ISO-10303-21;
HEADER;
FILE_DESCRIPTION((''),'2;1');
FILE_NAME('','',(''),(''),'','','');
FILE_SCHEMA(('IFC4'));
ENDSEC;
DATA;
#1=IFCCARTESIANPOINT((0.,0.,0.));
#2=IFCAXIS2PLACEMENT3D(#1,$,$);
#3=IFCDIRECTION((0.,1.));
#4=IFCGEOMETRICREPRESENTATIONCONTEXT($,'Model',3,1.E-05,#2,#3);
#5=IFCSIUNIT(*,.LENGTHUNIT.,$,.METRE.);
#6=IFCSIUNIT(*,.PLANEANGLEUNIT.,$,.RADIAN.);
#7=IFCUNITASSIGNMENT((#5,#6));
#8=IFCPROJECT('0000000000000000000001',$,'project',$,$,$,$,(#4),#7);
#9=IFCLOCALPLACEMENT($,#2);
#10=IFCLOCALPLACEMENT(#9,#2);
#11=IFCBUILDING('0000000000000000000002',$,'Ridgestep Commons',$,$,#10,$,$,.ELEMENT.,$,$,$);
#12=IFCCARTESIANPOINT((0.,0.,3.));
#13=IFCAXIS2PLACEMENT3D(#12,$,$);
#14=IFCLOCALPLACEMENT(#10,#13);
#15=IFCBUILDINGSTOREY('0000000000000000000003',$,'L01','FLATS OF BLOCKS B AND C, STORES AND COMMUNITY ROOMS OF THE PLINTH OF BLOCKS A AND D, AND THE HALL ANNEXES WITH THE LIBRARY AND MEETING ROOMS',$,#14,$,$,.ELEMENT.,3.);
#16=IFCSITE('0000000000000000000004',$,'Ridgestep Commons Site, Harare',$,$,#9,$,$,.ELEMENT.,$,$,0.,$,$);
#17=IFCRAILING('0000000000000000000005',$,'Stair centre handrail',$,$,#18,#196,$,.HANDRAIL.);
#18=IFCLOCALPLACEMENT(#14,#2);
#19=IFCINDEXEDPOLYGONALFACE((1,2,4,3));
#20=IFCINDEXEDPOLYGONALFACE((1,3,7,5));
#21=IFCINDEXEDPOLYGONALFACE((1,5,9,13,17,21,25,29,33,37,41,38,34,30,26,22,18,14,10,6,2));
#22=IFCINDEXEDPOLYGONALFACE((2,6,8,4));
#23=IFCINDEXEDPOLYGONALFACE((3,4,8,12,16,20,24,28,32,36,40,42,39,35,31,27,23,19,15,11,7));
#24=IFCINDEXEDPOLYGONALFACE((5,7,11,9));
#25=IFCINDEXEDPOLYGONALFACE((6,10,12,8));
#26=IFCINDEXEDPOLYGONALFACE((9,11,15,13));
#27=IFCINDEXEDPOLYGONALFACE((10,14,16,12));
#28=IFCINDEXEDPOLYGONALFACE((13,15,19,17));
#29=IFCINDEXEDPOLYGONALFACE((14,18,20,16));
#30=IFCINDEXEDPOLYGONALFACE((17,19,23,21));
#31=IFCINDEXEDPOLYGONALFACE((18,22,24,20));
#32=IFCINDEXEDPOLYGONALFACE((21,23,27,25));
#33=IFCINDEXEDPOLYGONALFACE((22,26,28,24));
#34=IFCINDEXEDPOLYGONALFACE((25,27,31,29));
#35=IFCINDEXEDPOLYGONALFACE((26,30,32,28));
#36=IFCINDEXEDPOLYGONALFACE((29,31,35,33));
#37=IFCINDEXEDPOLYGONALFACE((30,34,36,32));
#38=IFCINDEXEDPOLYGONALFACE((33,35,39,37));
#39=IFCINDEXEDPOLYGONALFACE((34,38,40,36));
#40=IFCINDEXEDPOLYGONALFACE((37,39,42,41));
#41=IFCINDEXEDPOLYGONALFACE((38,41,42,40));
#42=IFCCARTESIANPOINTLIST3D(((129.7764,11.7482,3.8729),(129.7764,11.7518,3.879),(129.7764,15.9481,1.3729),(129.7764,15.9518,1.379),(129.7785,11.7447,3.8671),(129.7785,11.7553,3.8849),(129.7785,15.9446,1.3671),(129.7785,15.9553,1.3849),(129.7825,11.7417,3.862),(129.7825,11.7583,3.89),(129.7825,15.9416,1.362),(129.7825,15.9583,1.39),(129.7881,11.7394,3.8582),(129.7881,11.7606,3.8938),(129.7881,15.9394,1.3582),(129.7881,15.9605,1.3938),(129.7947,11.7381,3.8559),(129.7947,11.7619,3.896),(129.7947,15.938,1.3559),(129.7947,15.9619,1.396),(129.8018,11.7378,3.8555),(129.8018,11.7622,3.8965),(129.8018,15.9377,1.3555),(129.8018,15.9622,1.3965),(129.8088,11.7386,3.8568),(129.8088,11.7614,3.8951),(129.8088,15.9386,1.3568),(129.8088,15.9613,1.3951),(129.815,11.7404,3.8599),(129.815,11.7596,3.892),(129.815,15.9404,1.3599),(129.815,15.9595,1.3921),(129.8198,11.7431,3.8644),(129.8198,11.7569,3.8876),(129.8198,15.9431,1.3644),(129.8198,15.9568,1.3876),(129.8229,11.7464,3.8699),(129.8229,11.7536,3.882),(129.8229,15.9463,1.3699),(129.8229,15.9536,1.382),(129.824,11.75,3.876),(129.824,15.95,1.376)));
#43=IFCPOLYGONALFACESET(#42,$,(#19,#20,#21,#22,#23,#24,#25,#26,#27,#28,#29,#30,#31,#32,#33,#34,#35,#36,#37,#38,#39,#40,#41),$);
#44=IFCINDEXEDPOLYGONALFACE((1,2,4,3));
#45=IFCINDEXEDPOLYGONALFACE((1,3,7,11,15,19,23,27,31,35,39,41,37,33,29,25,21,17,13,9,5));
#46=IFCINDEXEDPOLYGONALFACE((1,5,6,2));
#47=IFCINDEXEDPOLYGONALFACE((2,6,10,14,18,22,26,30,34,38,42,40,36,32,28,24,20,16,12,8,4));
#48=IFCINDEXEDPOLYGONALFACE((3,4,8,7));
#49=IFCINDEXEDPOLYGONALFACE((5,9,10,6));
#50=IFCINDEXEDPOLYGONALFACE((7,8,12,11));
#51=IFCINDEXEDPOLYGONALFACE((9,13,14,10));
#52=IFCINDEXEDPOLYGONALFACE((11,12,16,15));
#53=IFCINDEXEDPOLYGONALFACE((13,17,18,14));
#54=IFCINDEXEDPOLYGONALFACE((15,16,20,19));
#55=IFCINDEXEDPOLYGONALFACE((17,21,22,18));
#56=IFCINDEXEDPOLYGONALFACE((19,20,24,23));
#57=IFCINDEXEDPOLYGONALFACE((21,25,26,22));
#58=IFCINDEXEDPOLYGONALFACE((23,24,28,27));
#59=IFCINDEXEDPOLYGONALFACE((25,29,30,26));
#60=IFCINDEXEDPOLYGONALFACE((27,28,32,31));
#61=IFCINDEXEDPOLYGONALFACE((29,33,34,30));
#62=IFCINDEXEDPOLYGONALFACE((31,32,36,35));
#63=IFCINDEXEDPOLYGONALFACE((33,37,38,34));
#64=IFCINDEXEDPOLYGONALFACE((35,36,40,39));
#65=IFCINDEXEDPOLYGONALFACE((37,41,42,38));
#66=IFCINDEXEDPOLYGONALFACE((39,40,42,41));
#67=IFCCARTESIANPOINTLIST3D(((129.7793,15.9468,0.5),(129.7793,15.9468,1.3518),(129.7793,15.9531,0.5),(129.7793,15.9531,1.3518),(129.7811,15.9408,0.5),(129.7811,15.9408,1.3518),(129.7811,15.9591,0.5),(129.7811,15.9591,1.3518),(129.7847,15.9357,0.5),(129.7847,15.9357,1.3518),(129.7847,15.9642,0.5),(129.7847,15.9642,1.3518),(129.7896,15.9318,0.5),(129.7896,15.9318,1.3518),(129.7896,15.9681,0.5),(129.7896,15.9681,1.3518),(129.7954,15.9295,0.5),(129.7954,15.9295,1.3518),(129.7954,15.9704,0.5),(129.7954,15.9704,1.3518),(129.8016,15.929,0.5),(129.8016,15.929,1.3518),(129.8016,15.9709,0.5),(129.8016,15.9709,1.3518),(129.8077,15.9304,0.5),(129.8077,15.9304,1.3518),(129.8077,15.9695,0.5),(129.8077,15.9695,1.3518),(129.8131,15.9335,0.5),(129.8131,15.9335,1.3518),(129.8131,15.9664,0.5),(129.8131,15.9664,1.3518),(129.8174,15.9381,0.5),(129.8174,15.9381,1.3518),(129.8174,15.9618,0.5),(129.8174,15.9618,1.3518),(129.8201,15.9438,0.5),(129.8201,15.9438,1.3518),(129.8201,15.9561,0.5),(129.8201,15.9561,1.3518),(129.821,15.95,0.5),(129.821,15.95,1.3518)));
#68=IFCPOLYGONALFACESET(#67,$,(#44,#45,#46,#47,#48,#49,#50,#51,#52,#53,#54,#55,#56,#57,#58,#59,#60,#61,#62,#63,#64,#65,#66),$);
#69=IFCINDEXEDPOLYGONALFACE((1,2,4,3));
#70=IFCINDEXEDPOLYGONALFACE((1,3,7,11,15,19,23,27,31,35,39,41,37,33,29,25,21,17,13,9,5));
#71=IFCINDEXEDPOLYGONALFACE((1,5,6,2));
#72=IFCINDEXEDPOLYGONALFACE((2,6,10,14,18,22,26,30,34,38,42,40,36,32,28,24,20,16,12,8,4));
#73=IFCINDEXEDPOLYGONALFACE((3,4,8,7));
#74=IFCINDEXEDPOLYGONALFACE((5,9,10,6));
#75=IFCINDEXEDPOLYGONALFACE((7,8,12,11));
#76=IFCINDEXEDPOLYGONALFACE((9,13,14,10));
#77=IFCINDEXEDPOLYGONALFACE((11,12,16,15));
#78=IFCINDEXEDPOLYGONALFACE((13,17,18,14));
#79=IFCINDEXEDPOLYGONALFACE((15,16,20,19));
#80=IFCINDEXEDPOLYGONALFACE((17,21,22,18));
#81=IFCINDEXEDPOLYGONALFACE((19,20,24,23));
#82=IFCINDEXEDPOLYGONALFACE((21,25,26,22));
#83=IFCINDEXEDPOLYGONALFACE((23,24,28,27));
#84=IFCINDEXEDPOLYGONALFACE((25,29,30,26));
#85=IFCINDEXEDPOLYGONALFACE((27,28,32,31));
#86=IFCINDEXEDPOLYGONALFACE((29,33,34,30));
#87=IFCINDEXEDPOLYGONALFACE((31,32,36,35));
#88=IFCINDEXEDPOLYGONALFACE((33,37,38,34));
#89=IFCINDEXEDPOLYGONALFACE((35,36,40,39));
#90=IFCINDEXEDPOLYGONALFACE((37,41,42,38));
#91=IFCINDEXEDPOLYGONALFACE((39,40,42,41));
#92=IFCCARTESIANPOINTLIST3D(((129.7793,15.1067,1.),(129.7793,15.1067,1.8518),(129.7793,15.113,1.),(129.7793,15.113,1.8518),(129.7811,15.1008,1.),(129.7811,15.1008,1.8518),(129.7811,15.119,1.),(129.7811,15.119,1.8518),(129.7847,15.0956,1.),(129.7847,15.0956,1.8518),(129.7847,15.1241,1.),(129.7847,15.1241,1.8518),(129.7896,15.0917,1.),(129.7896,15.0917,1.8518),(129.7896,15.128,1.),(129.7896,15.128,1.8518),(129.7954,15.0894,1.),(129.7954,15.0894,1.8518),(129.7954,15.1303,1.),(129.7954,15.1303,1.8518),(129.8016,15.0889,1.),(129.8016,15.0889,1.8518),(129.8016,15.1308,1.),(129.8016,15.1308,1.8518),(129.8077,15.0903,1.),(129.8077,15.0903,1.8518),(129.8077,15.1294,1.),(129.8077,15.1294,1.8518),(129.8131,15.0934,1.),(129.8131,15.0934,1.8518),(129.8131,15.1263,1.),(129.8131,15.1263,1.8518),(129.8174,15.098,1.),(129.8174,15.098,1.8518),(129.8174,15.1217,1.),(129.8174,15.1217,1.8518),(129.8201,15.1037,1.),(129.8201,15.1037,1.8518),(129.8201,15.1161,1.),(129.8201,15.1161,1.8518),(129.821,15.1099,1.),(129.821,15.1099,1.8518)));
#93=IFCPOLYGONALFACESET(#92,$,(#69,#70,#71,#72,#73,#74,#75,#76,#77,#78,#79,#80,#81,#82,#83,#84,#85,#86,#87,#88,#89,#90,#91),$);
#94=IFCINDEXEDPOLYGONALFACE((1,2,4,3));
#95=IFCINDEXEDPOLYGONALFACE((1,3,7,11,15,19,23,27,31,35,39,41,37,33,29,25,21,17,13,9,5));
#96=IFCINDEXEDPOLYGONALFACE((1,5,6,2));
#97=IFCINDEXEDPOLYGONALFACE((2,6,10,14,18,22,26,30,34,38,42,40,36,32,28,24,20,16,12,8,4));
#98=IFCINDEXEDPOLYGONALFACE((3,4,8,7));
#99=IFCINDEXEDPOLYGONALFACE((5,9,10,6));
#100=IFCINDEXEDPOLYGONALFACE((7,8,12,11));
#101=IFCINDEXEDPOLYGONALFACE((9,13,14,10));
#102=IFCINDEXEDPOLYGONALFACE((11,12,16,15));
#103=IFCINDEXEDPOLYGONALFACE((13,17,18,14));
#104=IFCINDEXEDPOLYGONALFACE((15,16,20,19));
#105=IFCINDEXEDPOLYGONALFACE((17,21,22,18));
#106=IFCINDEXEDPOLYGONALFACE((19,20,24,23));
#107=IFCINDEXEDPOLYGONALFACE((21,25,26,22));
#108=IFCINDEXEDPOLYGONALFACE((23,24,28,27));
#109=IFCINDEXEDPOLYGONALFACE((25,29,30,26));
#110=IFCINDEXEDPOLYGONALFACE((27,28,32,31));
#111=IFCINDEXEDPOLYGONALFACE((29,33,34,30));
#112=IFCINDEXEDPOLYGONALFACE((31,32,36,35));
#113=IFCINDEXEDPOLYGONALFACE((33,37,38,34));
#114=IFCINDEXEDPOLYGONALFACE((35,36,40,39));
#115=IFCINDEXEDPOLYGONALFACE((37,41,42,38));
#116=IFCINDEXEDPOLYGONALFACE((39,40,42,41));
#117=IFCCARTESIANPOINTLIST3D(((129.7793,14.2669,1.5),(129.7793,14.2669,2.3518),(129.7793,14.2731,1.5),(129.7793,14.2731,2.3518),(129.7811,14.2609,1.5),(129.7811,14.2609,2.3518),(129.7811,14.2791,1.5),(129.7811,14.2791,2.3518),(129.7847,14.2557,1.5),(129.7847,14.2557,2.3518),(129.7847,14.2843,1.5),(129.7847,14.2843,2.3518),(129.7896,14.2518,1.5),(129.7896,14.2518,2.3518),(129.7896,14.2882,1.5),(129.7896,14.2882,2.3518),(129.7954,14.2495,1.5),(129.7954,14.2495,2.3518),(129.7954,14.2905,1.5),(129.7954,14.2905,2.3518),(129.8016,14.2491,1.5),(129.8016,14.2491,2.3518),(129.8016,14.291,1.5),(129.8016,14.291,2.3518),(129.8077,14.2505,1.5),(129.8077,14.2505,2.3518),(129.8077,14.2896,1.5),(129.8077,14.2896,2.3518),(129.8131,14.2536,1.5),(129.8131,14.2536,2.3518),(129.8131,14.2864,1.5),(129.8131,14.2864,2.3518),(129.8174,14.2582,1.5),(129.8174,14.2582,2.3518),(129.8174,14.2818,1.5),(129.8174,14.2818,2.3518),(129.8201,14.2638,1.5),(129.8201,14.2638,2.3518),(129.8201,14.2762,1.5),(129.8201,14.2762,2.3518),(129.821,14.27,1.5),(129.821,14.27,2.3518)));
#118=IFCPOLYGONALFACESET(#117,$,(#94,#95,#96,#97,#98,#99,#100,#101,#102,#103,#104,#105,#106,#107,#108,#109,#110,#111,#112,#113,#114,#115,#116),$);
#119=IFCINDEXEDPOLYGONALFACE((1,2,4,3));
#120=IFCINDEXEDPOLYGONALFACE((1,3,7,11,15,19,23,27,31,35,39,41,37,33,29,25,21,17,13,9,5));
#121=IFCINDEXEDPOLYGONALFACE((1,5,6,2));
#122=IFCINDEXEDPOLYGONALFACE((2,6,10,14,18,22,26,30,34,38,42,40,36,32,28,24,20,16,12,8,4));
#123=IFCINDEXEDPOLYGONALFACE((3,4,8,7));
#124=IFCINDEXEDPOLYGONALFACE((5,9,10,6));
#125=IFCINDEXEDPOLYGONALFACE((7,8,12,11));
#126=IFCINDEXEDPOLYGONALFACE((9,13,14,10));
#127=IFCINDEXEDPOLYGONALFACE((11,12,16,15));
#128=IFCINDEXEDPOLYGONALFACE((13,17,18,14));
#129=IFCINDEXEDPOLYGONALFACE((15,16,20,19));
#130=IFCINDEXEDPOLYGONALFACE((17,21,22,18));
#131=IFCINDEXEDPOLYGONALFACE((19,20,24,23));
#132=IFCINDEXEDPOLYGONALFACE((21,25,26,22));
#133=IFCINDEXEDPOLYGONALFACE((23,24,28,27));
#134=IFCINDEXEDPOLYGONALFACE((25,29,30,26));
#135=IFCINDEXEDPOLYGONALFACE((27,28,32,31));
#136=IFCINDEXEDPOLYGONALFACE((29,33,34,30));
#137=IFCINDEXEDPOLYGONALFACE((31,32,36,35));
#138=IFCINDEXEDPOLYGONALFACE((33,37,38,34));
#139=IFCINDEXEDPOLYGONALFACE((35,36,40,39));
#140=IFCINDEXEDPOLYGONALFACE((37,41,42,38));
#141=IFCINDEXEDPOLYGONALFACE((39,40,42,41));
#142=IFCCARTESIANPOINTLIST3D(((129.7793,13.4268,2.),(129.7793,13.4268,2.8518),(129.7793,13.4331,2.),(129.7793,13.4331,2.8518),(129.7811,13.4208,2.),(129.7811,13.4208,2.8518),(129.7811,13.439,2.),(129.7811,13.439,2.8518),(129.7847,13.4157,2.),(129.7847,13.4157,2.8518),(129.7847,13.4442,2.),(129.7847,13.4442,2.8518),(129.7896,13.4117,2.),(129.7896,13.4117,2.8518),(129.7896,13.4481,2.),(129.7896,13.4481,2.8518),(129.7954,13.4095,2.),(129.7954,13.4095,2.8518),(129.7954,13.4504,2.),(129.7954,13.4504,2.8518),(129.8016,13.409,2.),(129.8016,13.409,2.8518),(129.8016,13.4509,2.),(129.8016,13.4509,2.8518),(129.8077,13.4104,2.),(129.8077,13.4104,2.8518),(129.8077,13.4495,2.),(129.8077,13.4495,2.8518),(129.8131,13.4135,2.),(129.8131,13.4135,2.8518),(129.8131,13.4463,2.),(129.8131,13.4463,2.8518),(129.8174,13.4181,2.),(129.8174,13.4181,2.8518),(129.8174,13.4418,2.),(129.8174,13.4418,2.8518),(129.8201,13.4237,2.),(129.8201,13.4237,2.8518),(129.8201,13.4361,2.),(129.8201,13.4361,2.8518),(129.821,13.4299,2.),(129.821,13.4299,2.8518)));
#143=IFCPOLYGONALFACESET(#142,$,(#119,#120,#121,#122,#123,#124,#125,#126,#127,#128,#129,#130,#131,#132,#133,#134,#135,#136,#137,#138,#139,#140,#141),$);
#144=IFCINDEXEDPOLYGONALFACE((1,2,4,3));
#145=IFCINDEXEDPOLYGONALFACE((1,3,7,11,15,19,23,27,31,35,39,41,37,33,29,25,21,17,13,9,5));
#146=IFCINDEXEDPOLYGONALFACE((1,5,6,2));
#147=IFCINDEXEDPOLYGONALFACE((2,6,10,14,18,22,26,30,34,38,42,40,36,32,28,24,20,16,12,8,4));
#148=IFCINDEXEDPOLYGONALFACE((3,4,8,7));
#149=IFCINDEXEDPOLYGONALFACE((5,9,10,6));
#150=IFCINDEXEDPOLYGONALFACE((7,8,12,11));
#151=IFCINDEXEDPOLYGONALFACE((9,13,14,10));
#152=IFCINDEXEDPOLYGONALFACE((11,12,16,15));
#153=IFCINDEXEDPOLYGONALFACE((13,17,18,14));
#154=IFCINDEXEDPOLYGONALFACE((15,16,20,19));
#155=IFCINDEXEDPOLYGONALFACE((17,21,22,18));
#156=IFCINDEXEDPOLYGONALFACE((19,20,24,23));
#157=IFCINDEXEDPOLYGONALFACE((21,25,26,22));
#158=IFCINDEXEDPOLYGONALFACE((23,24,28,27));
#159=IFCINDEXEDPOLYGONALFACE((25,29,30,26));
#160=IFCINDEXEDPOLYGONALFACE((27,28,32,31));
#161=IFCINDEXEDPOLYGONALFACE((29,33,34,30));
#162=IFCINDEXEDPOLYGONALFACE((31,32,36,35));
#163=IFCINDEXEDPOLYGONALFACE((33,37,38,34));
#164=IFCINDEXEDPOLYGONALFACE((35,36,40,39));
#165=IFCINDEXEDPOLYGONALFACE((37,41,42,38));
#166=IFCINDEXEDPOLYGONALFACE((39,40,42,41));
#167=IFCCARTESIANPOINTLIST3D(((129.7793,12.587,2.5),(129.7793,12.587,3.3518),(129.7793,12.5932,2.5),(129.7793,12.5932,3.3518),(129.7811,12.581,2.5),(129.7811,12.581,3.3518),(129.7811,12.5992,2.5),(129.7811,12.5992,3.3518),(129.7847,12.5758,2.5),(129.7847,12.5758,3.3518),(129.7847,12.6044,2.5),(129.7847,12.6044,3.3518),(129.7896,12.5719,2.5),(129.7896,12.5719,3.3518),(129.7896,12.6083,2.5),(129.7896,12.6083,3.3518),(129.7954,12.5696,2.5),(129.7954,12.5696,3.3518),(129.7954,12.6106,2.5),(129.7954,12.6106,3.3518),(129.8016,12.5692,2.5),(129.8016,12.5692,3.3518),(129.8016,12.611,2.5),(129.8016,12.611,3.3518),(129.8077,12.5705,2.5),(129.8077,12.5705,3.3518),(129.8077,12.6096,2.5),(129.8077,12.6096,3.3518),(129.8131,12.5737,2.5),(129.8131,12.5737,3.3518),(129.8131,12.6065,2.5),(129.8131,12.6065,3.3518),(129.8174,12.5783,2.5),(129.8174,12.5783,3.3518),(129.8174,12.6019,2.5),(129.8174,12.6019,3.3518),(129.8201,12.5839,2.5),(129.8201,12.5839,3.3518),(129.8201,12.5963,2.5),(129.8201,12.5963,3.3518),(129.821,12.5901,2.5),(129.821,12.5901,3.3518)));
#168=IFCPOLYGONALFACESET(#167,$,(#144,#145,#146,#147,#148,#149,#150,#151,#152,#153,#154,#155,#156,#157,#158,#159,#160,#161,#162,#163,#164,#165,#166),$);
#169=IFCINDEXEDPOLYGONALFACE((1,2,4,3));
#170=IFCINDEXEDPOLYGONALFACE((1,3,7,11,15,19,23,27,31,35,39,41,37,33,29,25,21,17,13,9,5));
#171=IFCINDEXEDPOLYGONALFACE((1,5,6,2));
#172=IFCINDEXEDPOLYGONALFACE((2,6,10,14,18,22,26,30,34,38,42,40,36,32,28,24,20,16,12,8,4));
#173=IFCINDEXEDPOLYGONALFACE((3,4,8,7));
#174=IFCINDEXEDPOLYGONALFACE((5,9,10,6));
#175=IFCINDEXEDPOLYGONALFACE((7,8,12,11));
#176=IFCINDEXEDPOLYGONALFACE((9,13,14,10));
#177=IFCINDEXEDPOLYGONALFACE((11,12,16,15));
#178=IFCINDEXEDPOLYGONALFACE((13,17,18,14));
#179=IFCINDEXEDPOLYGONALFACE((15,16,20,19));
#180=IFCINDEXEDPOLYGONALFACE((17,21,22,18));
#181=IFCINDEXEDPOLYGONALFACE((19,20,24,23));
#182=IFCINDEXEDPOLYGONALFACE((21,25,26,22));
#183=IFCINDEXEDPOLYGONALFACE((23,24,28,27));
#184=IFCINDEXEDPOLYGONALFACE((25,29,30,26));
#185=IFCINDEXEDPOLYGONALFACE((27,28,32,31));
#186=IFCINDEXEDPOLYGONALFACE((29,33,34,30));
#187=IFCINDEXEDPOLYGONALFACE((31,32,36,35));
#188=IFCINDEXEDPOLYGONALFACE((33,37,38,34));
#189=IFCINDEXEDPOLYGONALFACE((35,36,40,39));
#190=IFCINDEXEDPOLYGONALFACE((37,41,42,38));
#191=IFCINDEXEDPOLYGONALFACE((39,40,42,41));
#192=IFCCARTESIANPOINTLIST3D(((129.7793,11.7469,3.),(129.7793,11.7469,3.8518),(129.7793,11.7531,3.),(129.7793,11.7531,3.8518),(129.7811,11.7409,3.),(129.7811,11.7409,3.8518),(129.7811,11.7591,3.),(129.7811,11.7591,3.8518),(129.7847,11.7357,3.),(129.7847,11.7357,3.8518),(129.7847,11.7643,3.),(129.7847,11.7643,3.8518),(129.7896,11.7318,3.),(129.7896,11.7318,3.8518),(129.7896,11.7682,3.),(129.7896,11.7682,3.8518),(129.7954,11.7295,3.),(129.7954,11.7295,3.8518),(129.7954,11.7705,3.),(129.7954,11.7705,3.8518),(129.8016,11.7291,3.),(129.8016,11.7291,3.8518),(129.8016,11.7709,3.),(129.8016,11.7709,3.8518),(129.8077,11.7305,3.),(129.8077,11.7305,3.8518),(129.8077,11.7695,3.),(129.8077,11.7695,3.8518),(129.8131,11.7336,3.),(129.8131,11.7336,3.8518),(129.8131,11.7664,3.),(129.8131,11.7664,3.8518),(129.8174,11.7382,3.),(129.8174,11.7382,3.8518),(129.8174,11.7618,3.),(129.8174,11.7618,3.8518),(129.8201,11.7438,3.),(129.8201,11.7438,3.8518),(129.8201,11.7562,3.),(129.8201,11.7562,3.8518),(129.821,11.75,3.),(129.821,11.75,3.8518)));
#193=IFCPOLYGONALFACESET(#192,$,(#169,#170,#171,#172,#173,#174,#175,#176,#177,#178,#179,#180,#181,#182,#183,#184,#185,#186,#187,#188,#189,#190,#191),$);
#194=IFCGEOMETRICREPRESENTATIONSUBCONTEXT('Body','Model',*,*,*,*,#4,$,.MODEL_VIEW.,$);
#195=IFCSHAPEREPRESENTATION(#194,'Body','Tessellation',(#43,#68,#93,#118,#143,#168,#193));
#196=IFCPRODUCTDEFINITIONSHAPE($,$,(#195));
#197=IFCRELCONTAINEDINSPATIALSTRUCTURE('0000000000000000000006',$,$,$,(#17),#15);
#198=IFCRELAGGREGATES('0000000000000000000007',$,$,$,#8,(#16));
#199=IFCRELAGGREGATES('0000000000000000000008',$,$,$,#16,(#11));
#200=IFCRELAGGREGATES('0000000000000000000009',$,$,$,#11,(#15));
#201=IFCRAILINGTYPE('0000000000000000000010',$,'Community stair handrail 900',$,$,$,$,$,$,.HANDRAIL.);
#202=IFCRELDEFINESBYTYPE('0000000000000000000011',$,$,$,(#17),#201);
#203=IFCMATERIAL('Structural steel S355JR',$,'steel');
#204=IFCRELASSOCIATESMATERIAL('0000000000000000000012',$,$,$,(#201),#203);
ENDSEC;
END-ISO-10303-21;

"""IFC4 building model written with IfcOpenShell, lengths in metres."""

from ifc_helpers import new_model, si_unit, direction, frame, origin, origin_2d, place, context, subcontext, project, spatial, circle, extrude, material, type_object, element, save


model = new_model("IFC4")

# Units and contexts
model_context = context("Model", 3, precision=1e-05, world=origin(), true_north=direction((0.0, 1.0)))
body_context = subcontext(model_context, "Body", "Model", "MODEL_VIEW")
ifc_project = project(units=[si_unit("LENGTHUNIT", "METRE"), si_unit("PLANEANGLEUNIT", "RADIAN")], contexts=[model_context])

# Site, building, storey
site_placement = place(None, origin())
site = spatial("IfcSite", under=ifc_project, at=site_placement, Name="Ridgestep Commons Site, Harare", CompositionType="ELEMENT", RefElevation=0.0)
building_placement = place(site_placement, origin())
building = spatial("IfcBuilding", under=site, at=building_placement, Name="Ridgestep Commons", CompositionType="ELEMENT")
storey_placement = place(building_placement, frame((0.0, 0.0, 3.0)))
storey = spatial("IfcBuildingStorey", under=building, at=storey_placement, Name="L01", Description="FLATS OF BLOCKS B AND C, STORES AND COMMUNITY ROOMS OF THE PLINTH OF BLOCKS A AND D, AND THE HALL ANNEXES WITH THE LIBRARY AND MEETING ROOMS", CompositionType="ELEMENT", Elevation=3.0)

# Railing
ifc_material_1 = material(Name="Structural steel S355JR", Category="steel")
railing_type_1 = type_object("IfcRailingType", Name="Community stair handrail 900", PredefinedType="HANDRAIL", material=ifc_material_1)
railing_placement = place(storey_placement, frame((129.8, 15.95, 0.5)))
element("IfcRailing", 1, at=railing_placement, inside=storey, type_object=railing_type_1, Name="Stair centre handrail", PredefinedType="HANDRAIL", context=body_context, shape_type="SweptSolid", body=[
    extrude(circle(Radius=0.0239, at=origin_2d()), frame((0.0, 0.0, 0.876), z_axis=(0.0, -0.85929, 0.511488), x_axis=(1.0, 0.0, 0.0)), (0.0, 0.0, 1.0), 4.8877),
    extrude(circle(Radius=0.021, at=origin_2d()), origin(), (0.0, 0.0, 1.0), 0.8518),
    extrude(circle(Radius=0.021, at=origin_2d()), frame((0.0, -0.8401, 0.5)), (0.0, 0.0, 1.0), 0.8518),
    extrude(circle(Radius=0.021, at=origin_2d()), frame((0.0, -1.6799, 1.0)), (0.0, 0.0, 1.0), 0.8518),
    extrude(circle(Radius=0.021, at=origin_2d()), frame((0.0, -2.52, 1.5)), (0.0, 0.0, 1.0), 0.8518),
    extrude(circle(Radius=0.021, at=origin_2d()), frame((0.0, -3.3599, 2.0)), (0.0, 0.0, 1.0), 0.8518),
    extrude(circle(Radius=0.021, at=origin_2d()), frame((0.0, -4.2, 2.5)), (0.0, 0.0, 1.0), 0.8518),
])

save(model, "model.ifc")
